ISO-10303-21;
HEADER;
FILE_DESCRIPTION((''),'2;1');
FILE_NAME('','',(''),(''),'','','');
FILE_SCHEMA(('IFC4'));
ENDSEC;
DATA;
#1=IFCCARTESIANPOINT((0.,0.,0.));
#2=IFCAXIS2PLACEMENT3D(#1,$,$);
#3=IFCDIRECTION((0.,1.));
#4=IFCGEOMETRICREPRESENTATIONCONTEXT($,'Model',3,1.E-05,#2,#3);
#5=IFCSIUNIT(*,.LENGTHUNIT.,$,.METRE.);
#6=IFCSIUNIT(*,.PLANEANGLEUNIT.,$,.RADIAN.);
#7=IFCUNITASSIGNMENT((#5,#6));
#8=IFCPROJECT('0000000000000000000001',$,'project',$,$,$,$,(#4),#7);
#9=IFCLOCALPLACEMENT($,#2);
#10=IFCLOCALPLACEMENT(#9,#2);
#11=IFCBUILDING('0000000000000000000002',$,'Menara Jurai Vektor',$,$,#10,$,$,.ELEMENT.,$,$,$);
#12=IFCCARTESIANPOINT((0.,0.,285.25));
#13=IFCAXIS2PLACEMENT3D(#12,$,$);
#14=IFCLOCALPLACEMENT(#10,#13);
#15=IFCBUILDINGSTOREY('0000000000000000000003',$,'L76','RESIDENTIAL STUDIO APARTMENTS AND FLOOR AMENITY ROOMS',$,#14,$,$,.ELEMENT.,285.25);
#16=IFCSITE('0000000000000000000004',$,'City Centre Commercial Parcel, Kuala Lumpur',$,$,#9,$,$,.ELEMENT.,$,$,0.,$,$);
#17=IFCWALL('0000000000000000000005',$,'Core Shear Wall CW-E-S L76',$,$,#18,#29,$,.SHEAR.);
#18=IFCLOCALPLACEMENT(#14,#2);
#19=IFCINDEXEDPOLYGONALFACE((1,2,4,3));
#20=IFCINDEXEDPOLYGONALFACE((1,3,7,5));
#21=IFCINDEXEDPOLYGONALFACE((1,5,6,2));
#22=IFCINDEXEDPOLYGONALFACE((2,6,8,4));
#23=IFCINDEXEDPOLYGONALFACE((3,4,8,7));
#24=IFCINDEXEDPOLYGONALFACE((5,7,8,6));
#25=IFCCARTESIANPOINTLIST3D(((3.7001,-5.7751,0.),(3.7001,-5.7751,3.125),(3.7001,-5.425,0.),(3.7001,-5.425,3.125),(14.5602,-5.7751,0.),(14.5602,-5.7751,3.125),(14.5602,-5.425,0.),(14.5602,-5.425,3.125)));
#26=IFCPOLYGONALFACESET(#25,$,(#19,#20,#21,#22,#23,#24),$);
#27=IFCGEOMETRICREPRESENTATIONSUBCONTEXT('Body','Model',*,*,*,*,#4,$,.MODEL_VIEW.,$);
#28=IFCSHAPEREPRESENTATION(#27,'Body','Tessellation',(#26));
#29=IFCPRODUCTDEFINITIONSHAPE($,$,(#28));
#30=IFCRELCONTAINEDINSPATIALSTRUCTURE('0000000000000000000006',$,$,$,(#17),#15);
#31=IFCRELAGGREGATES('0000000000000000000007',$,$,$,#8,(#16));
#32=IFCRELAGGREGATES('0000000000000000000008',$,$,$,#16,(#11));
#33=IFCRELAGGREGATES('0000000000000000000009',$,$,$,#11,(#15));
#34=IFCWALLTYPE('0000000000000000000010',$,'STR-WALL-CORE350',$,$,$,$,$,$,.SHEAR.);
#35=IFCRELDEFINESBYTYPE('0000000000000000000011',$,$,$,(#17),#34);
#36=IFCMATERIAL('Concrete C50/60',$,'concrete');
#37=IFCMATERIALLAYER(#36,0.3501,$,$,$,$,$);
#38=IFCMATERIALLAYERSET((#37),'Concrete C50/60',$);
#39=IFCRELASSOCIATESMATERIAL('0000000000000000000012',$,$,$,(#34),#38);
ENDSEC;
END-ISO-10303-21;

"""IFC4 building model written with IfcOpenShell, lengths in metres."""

from ifc_helpers import new_model, si_unit, direction, frame, frame_2d, origin, place, context, subcontext, project, spatial, rectangle, extrude, material, layer, layer_set, type_object, element, save


model = new_model("IFC4")

# Units and contexts
model_context = context("Model", 3, precision=1e-05, world=origin(), true_north=direction((0.0, 1.0)))
body_context = subcontext(model_context, "Body", "Model", "MODEL_VIEW")
ifc_project = project(units=[si_unit("LENGTHUNIT", "METRE"), si_unit("PLANEANGLEUNIT", "RADIAN")], contexts=[model_context])

# Site, building, storey
site_placement = place(None, origin())
site = spatial("IfcSite", under=ifc_project, at=site_placement, Name="City Centre Commercial Parcel, Kuala Lumpur", CompositionType="ELEMENT", RefElevation=0.0)
building_placement = place(site_placement, origin())
building = spatial("IfcBuilding", under=site, at=building_placement, Name="Menara Jurai Vektor", CompositionType="ELEMENT")
storey_placement = place(building_placement, frame((0.0, 0.0, 285.25)))
storey = spatial("IfcBuildingStorey", under=building, at=storey_placement, Name="L76", Description="RESIDENTIAL STUDIO APARTMENTS AND FLOOR AMENITY ROOMS", CompositionType="ELEMENT", Elevation=285.25)

# Shared definitions
ifc_material_1 = material(Name="Concrete C50/60", Category="concrete")

# Wall
ifc_layer_1 = layer(ifc_material_1, 0.3501)
ifc_layer_set_1 = layer_set([ifc_layer_1], Name="Concrete C50/60")
wall_type_1 = type_object("IfcWallType", Name="STR-WALL-CORE350", PredefinedType="SHEAR", material=ifc_layer_set_1)
wall_1_placement = place(storey_placement, frame((3.7, -5.6001, 0.0), z_axis=(0.0, 0.0, 1.0), x_axis=(1.0, 0.0, 0.0)))
element("IfcWall", 1, at=wall_1_placement, inside=storey, type_object=wall_type_1, Name="Core Shear Wall CW-E-S L76", PredefinedType="SHEAR", context=body_context, shape_type="SweptSolid", body=[
    extrude(rectangle(XDim=10.8601, YDim=0.3501, at=frame_2d((5.4302, 0.0))), origin(), (0.0, 0.0, 1.0), 3.125),
])

save(model, "model.ifc")
